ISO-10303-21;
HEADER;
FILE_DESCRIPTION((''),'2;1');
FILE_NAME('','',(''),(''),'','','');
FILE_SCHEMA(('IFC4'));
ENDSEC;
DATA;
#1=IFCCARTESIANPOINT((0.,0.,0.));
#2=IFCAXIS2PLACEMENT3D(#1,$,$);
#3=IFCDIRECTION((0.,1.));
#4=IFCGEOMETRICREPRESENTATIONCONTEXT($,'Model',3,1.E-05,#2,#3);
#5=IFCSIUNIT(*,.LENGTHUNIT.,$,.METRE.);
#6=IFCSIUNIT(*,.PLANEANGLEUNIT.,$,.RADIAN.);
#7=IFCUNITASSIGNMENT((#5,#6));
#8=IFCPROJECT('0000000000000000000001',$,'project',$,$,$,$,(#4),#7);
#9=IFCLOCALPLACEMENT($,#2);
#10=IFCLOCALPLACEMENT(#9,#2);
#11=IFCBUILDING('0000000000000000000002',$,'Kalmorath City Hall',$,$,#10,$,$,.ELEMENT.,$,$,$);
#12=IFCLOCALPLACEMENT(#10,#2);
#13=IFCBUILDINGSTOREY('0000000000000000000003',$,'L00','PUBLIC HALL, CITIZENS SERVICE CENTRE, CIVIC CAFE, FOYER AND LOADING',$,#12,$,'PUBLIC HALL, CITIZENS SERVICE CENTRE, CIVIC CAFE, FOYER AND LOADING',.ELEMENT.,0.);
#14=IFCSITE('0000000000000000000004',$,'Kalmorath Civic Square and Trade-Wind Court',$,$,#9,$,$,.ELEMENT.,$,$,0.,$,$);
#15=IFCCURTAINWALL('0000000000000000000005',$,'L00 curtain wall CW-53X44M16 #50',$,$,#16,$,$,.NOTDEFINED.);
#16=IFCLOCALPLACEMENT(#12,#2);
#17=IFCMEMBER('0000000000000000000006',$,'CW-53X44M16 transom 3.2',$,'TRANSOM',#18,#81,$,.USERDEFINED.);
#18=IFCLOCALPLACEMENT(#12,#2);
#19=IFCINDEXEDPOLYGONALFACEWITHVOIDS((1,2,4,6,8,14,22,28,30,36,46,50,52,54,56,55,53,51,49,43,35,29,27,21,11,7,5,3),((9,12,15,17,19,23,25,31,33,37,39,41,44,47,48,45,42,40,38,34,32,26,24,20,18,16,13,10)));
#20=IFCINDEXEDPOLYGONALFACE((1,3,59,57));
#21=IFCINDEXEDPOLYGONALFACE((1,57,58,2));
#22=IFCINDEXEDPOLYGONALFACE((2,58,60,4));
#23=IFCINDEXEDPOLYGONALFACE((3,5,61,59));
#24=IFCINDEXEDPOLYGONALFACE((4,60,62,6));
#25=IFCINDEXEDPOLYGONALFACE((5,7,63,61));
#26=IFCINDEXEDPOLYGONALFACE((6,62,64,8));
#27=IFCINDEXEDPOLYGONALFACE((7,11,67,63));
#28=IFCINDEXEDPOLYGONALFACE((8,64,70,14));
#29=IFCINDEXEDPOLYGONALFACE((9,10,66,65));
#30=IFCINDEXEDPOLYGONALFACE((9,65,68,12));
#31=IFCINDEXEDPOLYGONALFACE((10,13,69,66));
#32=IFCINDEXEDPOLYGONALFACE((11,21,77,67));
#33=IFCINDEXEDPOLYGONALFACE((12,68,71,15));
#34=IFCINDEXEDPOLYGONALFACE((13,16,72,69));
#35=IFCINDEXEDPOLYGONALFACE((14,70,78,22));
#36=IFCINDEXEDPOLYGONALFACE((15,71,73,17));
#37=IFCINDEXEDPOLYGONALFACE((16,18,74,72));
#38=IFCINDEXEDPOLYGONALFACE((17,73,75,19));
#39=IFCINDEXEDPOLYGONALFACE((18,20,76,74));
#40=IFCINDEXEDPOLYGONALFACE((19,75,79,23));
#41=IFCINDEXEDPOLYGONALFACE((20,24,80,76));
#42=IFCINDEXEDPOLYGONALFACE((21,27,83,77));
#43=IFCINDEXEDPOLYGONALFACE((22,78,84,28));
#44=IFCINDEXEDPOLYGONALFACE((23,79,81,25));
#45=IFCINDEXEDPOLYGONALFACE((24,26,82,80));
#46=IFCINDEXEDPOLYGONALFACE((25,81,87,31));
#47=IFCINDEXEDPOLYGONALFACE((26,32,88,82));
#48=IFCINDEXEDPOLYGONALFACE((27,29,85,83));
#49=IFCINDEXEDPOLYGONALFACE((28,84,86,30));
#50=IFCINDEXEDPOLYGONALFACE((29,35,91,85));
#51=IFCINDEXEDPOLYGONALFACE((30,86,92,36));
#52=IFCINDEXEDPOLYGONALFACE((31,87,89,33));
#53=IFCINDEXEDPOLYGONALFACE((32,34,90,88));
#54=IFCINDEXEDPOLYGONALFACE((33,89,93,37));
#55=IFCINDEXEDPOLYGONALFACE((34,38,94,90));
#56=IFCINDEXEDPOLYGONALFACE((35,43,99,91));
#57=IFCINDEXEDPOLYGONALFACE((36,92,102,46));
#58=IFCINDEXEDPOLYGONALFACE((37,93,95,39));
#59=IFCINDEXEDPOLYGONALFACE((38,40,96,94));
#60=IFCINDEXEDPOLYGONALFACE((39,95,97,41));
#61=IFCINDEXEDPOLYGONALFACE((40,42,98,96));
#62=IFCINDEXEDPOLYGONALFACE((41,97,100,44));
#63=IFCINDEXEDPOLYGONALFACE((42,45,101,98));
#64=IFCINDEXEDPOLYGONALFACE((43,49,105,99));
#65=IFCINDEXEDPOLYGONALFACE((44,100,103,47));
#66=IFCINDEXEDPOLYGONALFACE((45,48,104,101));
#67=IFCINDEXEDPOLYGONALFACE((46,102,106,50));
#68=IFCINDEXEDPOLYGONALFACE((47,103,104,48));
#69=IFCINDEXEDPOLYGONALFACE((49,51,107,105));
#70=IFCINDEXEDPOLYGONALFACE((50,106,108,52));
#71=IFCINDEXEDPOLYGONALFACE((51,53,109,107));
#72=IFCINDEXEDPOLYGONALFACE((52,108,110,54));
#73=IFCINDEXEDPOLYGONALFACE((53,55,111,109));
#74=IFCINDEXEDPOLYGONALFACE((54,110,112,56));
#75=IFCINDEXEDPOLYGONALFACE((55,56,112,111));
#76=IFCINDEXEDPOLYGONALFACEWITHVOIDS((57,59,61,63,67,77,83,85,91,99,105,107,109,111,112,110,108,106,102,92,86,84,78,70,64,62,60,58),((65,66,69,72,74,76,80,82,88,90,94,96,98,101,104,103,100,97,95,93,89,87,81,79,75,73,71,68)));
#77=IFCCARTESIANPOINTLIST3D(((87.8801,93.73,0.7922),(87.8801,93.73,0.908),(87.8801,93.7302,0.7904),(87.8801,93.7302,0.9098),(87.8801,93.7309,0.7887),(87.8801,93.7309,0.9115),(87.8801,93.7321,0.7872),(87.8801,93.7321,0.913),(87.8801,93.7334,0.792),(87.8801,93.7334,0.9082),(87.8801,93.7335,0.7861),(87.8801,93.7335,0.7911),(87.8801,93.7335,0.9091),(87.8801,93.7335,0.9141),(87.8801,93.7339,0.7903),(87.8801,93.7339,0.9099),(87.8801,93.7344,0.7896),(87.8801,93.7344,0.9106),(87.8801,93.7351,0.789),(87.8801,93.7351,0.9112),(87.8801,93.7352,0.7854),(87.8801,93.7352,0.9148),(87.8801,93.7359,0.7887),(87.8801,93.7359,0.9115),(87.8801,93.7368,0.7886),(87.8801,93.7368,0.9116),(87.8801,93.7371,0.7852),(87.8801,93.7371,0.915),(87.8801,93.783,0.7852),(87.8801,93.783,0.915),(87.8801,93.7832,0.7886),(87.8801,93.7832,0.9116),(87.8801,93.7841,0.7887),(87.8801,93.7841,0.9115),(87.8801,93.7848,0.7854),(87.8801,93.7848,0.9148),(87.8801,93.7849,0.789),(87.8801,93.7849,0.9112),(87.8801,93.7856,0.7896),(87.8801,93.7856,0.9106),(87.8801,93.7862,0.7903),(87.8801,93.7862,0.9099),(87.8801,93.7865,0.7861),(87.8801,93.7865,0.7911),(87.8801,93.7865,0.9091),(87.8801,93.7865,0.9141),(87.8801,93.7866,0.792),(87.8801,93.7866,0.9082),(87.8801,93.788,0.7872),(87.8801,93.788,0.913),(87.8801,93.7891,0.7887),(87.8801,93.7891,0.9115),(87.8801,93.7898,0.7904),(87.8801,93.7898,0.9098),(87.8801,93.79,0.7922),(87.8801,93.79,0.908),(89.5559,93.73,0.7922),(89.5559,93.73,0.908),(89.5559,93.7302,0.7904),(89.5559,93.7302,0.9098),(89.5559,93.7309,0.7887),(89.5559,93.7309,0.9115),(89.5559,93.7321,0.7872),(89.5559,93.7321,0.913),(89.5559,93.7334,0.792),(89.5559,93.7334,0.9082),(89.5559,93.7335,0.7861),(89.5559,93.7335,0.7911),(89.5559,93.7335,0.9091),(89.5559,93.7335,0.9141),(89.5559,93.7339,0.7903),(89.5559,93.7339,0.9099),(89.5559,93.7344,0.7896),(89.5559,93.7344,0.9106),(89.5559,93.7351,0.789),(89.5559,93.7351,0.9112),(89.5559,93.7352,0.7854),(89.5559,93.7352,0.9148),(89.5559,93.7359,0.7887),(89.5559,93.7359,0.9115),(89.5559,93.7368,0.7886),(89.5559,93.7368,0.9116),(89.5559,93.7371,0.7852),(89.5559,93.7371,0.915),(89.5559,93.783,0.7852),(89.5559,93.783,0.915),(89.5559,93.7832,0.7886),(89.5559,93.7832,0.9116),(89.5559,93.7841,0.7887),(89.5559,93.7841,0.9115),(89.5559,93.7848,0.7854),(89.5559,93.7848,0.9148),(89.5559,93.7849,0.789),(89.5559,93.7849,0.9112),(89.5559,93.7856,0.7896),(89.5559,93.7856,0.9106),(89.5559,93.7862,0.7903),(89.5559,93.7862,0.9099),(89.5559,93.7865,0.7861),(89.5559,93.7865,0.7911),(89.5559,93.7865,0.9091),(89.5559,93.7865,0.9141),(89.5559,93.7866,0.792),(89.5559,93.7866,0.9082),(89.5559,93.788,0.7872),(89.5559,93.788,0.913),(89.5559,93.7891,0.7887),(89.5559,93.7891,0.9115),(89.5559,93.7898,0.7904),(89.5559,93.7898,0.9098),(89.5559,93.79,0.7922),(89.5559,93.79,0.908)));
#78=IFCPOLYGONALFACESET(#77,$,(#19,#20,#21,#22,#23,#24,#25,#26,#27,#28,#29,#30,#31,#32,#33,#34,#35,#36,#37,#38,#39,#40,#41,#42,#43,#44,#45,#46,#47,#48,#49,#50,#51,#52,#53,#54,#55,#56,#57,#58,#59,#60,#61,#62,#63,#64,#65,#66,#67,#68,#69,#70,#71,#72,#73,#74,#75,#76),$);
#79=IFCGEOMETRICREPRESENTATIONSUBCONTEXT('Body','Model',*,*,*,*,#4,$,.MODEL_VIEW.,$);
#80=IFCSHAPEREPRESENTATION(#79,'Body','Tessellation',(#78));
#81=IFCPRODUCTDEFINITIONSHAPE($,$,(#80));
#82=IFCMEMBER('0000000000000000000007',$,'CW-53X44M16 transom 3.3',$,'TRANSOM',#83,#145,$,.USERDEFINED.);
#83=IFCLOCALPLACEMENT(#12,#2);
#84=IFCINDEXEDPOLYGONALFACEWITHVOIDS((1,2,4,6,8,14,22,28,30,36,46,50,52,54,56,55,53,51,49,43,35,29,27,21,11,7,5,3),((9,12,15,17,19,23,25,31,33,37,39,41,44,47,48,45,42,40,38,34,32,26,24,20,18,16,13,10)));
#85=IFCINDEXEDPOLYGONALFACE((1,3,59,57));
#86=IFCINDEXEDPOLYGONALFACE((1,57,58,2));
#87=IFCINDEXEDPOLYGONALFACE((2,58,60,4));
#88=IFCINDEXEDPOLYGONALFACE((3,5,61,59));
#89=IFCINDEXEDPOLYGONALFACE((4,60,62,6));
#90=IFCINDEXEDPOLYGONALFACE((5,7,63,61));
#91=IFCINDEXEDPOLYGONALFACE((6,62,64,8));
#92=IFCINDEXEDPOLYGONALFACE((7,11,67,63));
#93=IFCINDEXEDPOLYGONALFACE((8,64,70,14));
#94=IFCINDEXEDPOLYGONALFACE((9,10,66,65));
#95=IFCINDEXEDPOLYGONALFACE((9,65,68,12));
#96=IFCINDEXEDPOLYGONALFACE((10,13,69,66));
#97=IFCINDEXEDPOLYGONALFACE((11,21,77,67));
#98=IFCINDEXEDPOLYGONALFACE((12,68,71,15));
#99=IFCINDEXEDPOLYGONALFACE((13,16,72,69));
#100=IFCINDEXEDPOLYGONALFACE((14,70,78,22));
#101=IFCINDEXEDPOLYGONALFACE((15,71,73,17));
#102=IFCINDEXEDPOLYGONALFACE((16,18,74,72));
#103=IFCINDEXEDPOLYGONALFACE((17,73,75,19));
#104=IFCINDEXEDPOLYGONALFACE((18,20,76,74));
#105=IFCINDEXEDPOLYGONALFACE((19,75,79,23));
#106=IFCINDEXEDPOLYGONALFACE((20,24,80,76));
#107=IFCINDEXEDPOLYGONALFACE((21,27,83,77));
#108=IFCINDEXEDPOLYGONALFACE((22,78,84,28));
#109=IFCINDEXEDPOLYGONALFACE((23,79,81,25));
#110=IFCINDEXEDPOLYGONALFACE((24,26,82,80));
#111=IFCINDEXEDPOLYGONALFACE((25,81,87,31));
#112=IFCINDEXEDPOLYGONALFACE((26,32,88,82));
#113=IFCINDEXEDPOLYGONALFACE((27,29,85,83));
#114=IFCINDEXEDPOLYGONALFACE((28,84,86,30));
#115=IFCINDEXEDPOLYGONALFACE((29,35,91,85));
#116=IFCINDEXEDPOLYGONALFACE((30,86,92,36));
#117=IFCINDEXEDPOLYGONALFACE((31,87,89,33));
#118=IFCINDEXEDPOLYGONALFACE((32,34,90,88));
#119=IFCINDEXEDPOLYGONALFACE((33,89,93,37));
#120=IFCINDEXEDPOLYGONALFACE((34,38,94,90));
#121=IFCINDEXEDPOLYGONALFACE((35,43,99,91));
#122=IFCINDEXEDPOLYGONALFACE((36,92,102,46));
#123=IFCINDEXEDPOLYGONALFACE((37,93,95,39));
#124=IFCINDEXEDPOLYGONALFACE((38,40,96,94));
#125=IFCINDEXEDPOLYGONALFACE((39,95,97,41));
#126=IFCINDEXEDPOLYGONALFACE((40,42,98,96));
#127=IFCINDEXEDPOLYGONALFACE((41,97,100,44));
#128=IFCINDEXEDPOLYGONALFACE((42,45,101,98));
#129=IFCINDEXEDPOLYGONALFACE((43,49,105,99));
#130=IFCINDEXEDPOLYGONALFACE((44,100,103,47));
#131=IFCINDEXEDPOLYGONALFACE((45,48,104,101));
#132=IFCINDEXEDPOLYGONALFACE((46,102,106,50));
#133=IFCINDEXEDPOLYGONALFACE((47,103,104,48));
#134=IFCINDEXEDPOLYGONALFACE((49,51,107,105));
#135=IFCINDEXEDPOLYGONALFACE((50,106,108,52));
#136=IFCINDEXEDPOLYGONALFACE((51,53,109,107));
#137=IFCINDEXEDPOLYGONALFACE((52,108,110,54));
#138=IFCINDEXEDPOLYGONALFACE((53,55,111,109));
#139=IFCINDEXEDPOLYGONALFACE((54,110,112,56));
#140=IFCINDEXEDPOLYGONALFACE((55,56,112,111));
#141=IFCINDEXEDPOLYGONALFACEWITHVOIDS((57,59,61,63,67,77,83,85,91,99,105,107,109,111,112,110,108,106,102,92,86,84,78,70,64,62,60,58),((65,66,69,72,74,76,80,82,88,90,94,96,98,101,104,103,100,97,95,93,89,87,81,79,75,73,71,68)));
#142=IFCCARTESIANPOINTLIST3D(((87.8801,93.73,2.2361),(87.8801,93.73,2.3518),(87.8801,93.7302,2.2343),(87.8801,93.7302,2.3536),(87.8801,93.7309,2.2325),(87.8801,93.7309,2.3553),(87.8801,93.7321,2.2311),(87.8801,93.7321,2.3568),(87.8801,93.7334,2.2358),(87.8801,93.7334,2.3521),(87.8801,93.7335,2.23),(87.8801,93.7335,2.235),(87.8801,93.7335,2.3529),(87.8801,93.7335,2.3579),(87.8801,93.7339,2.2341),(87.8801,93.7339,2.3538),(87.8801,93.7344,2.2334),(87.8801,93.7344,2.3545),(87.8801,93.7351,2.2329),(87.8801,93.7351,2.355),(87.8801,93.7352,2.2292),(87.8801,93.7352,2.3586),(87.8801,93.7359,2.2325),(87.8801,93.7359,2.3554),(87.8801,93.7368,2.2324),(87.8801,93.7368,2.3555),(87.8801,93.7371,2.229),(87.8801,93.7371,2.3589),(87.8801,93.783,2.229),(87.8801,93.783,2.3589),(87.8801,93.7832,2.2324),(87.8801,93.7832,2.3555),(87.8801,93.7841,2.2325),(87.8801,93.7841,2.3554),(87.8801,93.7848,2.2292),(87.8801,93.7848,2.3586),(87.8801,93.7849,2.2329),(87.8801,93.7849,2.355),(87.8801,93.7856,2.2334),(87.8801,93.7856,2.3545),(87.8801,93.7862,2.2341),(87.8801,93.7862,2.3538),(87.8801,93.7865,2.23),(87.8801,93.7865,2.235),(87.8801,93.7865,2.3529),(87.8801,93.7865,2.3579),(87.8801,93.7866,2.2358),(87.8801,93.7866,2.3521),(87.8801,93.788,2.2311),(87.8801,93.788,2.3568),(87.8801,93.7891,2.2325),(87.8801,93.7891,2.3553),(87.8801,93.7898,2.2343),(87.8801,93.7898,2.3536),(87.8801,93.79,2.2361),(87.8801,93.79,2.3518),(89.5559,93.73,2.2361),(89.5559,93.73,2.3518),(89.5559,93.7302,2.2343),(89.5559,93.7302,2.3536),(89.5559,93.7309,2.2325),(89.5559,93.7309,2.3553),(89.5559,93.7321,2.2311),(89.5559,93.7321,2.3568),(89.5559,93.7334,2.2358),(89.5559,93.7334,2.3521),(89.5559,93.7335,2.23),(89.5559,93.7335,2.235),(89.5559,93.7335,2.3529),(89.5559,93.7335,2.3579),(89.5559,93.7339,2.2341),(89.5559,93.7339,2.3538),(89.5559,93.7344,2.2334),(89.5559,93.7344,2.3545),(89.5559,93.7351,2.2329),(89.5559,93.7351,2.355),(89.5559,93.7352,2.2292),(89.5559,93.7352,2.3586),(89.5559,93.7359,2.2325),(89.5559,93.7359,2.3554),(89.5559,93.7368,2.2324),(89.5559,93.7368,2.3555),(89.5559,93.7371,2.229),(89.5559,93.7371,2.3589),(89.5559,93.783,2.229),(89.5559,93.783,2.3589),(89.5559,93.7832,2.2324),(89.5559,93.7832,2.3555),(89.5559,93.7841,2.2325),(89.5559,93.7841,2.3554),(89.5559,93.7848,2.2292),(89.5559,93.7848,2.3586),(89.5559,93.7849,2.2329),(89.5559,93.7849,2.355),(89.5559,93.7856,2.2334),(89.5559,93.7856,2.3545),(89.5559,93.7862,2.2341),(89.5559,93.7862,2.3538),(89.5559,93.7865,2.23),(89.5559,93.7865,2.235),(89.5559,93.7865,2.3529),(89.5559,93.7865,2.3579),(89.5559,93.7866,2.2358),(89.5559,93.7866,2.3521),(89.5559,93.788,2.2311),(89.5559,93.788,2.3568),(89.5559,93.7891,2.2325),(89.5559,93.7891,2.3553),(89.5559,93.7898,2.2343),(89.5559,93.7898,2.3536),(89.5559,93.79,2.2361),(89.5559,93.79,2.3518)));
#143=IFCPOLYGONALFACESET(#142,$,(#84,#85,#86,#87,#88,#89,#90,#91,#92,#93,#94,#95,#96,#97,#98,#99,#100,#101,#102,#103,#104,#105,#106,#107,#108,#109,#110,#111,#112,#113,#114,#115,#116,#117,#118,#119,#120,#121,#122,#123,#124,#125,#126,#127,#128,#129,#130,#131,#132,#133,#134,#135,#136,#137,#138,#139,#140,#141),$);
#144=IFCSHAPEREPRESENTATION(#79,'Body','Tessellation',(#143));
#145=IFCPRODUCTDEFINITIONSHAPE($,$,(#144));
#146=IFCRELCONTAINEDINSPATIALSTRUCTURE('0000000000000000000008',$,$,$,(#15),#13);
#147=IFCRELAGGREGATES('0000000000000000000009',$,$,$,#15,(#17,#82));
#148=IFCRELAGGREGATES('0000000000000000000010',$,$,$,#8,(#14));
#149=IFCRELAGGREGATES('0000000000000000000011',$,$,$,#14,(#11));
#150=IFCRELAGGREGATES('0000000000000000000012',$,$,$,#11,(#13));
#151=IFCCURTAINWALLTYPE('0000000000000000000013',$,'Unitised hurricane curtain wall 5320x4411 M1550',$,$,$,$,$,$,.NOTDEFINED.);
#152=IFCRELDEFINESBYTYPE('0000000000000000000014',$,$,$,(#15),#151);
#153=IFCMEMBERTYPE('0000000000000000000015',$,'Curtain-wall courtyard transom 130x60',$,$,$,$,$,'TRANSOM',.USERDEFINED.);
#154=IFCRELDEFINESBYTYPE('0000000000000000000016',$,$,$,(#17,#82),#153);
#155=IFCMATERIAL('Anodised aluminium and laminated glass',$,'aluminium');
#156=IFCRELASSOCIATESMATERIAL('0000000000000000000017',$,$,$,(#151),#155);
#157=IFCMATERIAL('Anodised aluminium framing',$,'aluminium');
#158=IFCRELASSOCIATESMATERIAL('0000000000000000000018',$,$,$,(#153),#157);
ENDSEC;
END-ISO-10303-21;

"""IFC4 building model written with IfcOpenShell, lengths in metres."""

from ifc_helpers import new_model, si_unit, direction, frame, origin, origin_2d, place, context, subcontext, project, spatial, hollow_rectangle, extrude, material, material_profile, profile_set, type_object, element, aggregate, save


model = new_model("IFC4")

# Units and contexts
model_context = context("Model", 3, precision=1e-05, world=origin(), true_north=direction((0.0, 1.0)))
body_context = subcontext(model_context, "Body", "Model", "MODEL_VIEW")
ifc_project = project(units=[si_unit("LENGTHUNIT", "METRE"), si_unit("PLANEANGLEUNIT", "RADIAN")], contexts=[model_context])

# Site, building, storey
site_placement = place(None, origin())
site = spatial("IfcSite", under=ifc_project, at=site_placement, Name="Kalmorath Civic Square and Trade-Wind Court", CompositionType="ELEMENT", RefElevation=0.0)
building_placement = place(site_placement, origin())
building = spatial("IfcBuilding", under=site, at=building_placement, Name="Kalmorath City Hall", CompositionType="ELEMENT")
storey_placement = place(building_placement, origin())
storey = spatial("IfcBuildingStorey", under=building, at=storey_placement, Name="L00", Description="PUBLIC HALL, CITIZENS SERVICE CENTRE, CIVIC CAFE, FOYER AND LOADING", LongName="PUBLIC HALL, CITIZENS SERVICE CENTRE, CIVIC CAFE, FOYER AND LOADING", CompositionType="ELEMENT", Elevation=0.0)

# Curtain wall, members
ifc_material_1 = material(Name="Anodised aluminium and laminated glass", Category="aluminium")
curtain_wall_type = type_object("IfcCurtainWallType", Name="Unitised hurricane curtain wall 5320x4411 M1550", PredefinedType="NOTDEFINED", material=ifc_material_1)
curtain_wall_placement = place(storey_placement, origin())
curtain_wall = element("IfcCurtainWall", 1, at=curtain_wall_placement, inside=storey, type_object=curtain_wall_type, Name="L00 curtain wall CW-53X44M16 #50", PredefinedType="NOTDEFINED")
ifc_material_2 = material(Name="Anodised aluminium framing", Category="aluminium")
ifc_material_profile_1 = material_profile(ifc_material_2, hollow_rectangle(XDim=0.0601, YDim=0.1299, WallThickness=0.0034, InnerFilletRadius=0.0034, OuterFilletRadius=0.0071, at=origin_2d()), Name="ALU-TRN-130X60X3.5")
ifc_profile_set_1 = profile_set([ifc_material_profile_1], Name="Anodised aluminium framing")
member_type_1 = type_object("IfcMemberType", Name="Curtain-wall courtyard transom 130x60", ElementType="TRANSOM", PredefinedType="USERDEFINED", material=ifc_profile_set_1)
member_1_placement = place(storey_placement, frame((89.5559, 93.76, 0.8501), z_axis=(-1.0, 0.0, 0.0), x_axis=(0.0, -1.0, 0.0)))
member_1 = element("IfcMember", 2, at=member_1_placement, type_object=member_type_1, Name="CW-53X44M16 transom 3.2", ObjectType="TRANSOM", PredefinedType="USERDEFINED", context=body_context, shape_type="SweptSolid", body=[
    extrude(hollow_rectangle(XDim=0.0601, YDim=0.1299, WallThickness=0.0034, InnerFilletRadius=0.0034, OuterFilletRadius=0.0071, at=origin_2d()), origin(), (0.0, 0.0, 1.0), 1.6758),
])
member_2_placement = place(storey_placement, frame((89.5559, 93.76, 2.2939), z_axis=(-1.0, 0.0, 0.0), x_axis=(0.0, -1.0, 0.0)))
member_2 = element("IfcMember", 3, at=member_2_placement, type_object=member_type_1, Name="CW-53X44M16 transom 3.3", ObjectType="TRANSOM", PredefinedType="USERDEFINED", context=body_context, shape_type="SweptSolid", body=[
    extrude(hollow_rectangle(XDim=0.0601, YDim=0.1299, WallThickness=0.0034, InnerFilletRadius=0.0034, OuterFilletRadius=0.0071, at=origin_2d()), origin(), (0.0, 0.0, 1.0), 1.6758),
])
aggregate(curtain_wall, [member_1, member_2])

save(model, "model.ifc")
